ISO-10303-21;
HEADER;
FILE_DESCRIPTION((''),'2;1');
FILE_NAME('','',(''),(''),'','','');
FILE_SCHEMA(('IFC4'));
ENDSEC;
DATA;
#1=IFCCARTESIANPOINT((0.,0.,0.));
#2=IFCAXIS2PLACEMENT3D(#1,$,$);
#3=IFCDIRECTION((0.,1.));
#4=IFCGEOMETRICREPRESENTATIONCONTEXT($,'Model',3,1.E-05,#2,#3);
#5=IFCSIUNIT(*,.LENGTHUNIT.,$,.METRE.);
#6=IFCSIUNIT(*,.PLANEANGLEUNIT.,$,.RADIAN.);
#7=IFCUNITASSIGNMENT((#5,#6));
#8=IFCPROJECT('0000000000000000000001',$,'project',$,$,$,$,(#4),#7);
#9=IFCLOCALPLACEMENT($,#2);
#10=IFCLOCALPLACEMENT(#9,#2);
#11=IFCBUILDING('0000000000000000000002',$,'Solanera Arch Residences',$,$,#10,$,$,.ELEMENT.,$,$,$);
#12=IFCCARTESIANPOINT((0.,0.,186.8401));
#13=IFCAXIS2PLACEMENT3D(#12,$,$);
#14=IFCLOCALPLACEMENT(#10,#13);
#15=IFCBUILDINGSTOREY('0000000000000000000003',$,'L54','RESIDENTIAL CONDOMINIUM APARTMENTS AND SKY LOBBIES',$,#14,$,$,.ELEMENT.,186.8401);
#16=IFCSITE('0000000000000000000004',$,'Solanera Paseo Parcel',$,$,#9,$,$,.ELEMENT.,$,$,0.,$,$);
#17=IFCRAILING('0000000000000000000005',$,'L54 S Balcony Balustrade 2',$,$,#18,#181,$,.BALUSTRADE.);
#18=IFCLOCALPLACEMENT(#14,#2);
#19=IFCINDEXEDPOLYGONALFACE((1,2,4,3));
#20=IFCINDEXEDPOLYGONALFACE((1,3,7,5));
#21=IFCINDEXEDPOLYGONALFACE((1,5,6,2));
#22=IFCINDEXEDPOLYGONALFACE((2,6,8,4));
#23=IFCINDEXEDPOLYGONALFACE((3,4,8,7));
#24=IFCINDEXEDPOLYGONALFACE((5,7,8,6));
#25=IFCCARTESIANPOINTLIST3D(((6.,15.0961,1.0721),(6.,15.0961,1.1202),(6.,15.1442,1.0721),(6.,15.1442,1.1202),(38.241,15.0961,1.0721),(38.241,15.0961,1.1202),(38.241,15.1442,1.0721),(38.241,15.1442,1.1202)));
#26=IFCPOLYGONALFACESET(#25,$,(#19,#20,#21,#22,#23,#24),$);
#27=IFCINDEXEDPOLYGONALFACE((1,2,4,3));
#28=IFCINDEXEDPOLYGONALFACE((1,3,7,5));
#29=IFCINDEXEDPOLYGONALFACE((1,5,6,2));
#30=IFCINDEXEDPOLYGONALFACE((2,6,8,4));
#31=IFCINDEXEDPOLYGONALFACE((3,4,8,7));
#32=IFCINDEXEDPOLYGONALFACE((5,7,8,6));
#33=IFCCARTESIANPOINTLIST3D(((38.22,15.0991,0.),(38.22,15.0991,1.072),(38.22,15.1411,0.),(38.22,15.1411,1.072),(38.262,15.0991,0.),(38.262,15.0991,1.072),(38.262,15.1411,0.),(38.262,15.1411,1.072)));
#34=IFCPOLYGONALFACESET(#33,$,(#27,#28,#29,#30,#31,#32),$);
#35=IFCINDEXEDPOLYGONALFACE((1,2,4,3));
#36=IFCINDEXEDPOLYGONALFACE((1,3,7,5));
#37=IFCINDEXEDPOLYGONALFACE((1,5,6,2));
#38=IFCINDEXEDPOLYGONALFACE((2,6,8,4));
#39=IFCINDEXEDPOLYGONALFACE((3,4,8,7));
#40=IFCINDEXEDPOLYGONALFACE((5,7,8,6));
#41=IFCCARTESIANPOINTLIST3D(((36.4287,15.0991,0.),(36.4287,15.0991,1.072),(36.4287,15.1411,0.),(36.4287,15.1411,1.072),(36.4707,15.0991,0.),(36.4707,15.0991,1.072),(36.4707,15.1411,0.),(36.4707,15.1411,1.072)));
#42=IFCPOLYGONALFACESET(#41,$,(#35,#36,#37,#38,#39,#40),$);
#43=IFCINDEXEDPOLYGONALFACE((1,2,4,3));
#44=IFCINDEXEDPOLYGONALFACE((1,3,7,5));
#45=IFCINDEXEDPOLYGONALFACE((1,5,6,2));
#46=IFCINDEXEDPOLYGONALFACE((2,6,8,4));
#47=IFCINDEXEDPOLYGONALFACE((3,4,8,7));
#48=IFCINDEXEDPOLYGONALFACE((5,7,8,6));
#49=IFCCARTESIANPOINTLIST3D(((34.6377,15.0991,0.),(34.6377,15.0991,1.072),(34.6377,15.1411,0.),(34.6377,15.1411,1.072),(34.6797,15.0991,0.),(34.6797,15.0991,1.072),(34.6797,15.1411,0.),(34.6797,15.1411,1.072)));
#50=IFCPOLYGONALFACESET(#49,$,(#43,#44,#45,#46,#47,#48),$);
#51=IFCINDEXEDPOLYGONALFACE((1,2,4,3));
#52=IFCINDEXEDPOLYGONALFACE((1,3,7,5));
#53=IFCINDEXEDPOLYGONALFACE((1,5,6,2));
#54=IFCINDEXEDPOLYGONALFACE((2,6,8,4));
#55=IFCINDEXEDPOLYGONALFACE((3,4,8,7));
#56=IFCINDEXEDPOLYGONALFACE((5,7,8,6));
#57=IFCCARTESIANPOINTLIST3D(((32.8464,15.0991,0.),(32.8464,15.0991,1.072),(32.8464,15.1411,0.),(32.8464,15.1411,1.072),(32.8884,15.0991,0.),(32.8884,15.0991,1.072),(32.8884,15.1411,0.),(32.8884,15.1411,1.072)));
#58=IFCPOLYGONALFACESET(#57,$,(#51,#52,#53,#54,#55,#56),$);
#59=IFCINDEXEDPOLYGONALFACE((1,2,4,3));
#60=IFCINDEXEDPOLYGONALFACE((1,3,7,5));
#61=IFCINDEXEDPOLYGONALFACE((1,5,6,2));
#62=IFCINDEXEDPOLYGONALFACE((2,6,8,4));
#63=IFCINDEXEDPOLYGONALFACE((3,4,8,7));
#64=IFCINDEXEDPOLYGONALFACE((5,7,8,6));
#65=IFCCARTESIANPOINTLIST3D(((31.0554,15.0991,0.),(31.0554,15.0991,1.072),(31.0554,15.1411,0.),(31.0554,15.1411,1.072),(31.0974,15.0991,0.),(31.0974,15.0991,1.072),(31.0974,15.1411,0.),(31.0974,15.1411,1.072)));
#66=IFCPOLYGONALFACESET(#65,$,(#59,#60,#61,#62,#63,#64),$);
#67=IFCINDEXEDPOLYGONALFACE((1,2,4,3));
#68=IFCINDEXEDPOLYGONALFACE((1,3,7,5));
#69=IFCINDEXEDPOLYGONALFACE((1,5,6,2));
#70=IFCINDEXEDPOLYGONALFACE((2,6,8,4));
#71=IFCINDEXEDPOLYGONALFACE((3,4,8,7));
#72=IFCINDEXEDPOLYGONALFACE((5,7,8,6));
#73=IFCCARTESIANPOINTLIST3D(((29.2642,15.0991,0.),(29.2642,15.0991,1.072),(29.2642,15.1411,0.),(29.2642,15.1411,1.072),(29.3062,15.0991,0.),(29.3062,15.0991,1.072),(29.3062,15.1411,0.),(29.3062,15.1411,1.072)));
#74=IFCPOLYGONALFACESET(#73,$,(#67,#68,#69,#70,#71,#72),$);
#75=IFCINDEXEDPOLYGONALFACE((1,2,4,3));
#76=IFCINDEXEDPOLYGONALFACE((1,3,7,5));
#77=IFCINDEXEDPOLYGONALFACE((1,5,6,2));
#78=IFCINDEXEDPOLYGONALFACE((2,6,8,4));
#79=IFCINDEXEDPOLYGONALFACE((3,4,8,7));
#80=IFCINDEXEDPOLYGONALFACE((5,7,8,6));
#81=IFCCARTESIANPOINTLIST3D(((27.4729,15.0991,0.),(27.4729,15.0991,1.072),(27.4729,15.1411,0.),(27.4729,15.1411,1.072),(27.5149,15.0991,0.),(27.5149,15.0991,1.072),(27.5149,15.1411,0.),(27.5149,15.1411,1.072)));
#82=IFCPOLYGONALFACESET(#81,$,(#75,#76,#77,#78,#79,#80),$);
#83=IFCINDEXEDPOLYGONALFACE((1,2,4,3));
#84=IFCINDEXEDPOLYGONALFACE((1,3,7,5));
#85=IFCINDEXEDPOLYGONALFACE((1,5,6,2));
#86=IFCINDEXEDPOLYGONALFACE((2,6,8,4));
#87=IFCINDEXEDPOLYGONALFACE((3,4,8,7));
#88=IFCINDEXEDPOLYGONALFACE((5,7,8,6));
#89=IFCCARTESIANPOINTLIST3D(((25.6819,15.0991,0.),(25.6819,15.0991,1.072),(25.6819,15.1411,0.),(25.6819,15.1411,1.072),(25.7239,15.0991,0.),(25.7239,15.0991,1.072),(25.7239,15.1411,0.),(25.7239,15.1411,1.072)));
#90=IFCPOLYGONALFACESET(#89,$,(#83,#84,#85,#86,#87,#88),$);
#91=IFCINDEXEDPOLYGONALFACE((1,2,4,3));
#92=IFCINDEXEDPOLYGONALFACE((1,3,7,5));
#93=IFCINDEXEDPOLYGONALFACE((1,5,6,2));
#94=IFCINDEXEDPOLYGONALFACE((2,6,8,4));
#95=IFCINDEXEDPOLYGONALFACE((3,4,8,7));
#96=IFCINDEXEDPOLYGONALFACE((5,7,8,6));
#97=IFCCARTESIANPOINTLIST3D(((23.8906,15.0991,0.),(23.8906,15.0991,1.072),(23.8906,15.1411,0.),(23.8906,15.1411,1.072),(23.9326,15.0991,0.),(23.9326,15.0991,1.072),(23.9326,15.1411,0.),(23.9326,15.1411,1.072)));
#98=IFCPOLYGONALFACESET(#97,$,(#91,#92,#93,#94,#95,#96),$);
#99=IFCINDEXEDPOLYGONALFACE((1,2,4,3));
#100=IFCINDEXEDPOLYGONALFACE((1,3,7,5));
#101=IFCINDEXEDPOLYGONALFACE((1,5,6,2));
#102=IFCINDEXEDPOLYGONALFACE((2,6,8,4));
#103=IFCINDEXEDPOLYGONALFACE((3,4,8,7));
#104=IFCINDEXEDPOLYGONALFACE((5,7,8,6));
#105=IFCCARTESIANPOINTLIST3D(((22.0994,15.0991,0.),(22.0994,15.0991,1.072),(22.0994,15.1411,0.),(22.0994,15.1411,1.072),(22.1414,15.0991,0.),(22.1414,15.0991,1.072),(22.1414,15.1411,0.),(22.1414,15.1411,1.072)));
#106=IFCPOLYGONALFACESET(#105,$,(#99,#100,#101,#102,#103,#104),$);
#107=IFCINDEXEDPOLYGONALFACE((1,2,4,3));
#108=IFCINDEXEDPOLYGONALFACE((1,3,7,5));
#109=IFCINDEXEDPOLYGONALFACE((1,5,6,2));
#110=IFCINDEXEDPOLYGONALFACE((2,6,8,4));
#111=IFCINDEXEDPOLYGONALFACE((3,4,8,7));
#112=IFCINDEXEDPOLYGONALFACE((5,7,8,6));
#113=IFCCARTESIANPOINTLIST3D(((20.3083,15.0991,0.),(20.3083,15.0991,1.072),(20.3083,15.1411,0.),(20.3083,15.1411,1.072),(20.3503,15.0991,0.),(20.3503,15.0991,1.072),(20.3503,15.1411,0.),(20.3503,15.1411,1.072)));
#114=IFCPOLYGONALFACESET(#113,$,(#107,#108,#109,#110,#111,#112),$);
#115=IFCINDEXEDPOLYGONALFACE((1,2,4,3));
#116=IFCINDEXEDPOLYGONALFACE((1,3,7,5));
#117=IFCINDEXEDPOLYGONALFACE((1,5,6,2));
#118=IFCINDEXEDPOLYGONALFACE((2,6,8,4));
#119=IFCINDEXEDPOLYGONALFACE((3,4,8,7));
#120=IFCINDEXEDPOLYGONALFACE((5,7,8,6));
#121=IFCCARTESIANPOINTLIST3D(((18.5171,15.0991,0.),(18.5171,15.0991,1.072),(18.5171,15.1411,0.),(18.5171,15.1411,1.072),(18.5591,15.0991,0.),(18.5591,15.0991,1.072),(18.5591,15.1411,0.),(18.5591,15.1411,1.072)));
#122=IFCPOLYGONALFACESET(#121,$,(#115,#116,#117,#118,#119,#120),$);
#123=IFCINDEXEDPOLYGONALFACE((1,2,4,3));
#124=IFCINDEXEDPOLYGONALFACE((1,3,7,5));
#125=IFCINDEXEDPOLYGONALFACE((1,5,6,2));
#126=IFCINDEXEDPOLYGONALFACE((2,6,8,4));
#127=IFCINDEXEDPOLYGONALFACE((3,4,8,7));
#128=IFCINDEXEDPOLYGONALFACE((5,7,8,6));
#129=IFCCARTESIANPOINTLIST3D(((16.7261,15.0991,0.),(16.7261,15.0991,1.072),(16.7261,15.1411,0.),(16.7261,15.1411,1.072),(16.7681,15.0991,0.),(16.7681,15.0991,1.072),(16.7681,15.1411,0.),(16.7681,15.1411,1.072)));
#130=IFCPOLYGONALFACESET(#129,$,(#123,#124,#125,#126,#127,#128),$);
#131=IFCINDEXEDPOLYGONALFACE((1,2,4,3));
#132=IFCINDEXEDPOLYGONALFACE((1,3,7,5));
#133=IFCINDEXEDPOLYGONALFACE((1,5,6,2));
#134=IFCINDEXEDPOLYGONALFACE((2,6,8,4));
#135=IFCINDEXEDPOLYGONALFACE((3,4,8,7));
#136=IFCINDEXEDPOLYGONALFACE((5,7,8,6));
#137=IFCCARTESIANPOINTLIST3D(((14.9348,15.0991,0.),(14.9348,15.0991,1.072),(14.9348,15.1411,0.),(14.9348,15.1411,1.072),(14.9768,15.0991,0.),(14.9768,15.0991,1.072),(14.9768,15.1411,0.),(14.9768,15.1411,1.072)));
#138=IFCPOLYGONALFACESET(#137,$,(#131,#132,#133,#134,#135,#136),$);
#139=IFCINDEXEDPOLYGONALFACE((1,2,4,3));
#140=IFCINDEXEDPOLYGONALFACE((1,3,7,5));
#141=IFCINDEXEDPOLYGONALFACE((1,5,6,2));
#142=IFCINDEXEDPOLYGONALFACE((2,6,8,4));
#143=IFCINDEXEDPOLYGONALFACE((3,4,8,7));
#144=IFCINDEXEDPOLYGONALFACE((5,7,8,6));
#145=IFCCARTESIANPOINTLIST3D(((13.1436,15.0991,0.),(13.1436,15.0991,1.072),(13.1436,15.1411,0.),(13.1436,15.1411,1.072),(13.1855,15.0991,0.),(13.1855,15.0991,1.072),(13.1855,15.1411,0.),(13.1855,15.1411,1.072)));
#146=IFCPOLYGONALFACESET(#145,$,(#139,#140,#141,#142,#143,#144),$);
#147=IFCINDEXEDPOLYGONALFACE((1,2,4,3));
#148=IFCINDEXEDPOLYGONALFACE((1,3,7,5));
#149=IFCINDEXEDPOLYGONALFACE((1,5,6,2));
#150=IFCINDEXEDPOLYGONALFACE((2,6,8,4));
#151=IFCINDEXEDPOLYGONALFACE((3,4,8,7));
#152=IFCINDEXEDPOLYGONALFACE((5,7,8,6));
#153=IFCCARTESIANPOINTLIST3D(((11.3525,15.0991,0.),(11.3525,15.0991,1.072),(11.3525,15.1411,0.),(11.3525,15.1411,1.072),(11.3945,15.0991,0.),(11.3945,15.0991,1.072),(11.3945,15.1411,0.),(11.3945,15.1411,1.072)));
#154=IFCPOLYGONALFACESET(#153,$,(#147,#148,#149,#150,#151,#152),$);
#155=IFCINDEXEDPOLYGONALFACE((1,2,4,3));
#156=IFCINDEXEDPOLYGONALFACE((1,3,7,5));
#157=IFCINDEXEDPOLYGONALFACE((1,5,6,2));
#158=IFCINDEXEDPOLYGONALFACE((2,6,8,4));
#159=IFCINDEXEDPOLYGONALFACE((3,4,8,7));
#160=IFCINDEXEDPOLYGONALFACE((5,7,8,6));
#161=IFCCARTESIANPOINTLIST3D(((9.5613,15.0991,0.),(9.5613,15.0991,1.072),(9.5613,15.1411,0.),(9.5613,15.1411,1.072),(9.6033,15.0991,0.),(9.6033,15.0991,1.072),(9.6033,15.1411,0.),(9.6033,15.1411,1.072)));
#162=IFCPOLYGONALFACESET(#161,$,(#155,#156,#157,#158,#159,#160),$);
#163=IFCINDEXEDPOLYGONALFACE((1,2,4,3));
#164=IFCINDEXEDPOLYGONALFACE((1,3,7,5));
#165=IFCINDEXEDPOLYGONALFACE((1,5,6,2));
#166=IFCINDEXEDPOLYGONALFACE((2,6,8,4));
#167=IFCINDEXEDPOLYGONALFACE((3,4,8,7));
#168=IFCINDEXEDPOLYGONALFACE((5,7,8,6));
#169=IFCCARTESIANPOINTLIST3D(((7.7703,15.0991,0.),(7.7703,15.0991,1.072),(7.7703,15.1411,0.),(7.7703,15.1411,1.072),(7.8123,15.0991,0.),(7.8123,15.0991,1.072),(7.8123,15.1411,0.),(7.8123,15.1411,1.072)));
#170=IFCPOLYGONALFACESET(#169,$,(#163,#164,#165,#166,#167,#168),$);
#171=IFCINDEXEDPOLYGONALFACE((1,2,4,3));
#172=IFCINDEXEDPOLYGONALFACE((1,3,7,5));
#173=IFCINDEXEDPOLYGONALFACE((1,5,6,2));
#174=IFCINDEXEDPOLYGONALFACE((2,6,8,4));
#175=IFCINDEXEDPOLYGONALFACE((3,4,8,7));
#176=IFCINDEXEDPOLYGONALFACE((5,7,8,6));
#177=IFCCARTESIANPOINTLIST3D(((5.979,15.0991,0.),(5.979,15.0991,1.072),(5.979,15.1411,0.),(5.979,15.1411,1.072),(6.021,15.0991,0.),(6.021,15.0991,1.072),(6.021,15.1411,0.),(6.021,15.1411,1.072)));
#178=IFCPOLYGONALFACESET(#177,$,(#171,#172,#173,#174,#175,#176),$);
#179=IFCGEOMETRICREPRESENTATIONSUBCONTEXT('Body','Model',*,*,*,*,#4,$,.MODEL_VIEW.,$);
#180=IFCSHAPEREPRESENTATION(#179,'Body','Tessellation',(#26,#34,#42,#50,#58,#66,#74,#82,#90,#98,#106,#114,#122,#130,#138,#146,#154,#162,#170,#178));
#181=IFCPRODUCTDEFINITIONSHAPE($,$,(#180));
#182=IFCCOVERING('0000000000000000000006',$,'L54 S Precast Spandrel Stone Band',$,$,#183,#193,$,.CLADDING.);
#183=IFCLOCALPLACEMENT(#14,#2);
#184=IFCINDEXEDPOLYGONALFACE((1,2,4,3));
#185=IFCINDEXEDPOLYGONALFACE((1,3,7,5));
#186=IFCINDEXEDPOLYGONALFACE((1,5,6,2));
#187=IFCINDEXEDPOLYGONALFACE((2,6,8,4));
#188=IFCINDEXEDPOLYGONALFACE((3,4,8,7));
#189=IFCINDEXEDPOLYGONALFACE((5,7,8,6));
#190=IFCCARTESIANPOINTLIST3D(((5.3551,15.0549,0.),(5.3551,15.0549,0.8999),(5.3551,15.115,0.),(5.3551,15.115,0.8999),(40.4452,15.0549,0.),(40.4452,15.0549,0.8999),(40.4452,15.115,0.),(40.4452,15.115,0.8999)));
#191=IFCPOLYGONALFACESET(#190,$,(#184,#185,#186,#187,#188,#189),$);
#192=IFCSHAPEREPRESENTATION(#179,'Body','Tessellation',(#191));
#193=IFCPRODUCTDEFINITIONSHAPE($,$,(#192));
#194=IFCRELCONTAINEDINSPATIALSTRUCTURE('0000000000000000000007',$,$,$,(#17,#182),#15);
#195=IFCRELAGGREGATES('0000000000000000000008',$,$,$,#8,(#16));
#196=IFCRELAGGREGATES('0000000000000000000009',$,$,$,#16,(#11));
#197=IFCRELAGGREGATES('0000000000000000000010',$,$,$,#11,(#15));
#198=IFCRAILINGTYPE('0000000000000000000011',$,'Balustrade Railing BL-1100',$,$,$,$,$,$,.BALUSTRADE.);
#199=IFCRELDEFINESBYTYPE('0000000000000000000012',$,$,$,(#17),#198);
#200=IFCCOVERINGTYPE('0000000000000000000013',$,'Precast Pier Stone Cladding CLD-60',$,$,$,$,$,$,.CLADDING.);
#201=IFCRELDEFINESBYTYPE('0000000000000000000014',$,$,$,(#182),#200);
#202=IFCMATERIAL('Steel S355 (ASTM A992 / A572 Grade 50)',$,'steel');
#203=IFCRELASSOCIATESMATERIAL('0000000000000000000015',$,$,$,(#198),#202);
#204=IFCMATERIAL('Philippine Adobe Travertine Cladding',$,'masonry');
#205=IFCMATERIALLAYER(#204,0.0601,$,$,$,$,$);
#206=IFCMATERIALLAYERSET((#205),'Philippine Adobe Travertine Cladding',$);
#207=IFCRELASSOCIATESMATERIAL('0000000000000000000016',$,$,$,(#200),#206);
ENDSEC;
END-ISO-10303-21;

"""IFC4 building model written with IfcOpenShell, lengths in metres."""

from ifc_helpers import new_model, si_unit, direction, frame, frame_2d, origin, origin_2d, place, context, subcontext, project, spatial, rectangle, extrude, material, layer, layer_set, type_object, element, save


model = new_model("IFC4")

# Units and contexts
model_context = context("Model", 3, precision=1e-05, world=origin(), true_north=direction((0.0, 1.0)))
body_context = subcontext(model_context, "Body", "Model", "MODEL_VIEW")
ifc_project = project(units=[si_unit("LENGTHUNIT", "METRE"), si_unit("PLANEANGLEUNIT", "RADIAN")], contexts=[model_context])

# Site, building, storey
site_placement = place(None, origin())
site = spatial("IfcSite", under=ifc_project, at=site_placement, Name="Solanera Paseo Parcel", CompositionType="ELEMENT", RefElevation=0.0)
building_placement = place(site_placement, origin())
building = spatial("IfcBuilding", under=site, at=building_placement, Name="Solanera Arch Residences", CompositionType="ELEMENT")
storey_placement = place(building_placement, frame((0.0, 0.0, 186.8401)))
storey = spatial("IfcBuildingStorey", under=building, at=storey_placement, Name="L54", Description="RESIDENTIAL CONDOMINIUM APARTMENTS AND SKY LOBBIES", CompositionType="ELEMENT", Elevation=186.8401)

# Railing
ifc_material_1 = material(Name="Steel S355 (ASTM A992 / A572 Grade 50)", Category="steel")
railing_type = type_object("IfcRailingType", Name="Balustrade Railing BL-1100", PredefinedType="BALUSTRADE", material=ifc_material_1)
railing_placement = place(storey_placement, frame((38.241, 15.1201, 0.0)))
element("IfcRailing", 1, at=railing_placement, inside=storey, type_object=railing_type, Name="L54 S Balcony Balustrade 2", PredefinedType="BALUSTRADE", context=body_context, shape_type="SweptSolid", body=[
    extrude(rectangle(XDim=0.0481, YDim=0.0481, at=origin_2d()), frame((0.0, 0.0, 1.0962), z_axis=(-1.0, 0.0, 0.0), x_axis=(0.0, -1.0, 0.0)), (0.0, 0.0, 1.0), 32.241),
    extrude(rectangle(XDim=0.042, YDim=0.042, at=origin_2d()), origin(), (0.0, 0.0, 1.0), 1.072),
    extrude(rectangle(XDim=0.042, YDim=0.042, at=origin_2d()), frame((-1.7913, 0.0, 0.0)), (0.0, 0.0, 1.0), 1.072),
    extrude(rectangle(XDim=0.042, YDim=0.042, at=origin_2d()), frame((-3.5823, 0.0, 0.0)), (0.0, 0.0, 1.0), 1.072),
    extrude(rectangle(XDim=0.042, YDim=0.042, at=origin_2d()), frame((-5.3735, 0.0, 0.0)), (0.0, 0.0, 1.0), 1.072),
    extrude(rectangle(XDim=0.042, YDim=0.042, at=origin_2d()), frame((-7.1646, 0.0, 0.0)), (0.0, 0.0, 1.0), 1.072),
    extrude(rectangle(XDim=0.042, YDim=0.042, at=origin_2d()), frame((-8.9558, 0.0, 0.0)), (0.0, 0.0, 1.0), 1.072),
    extrude(rectangle(XDim=0.042, YDim=0.042, at=origin_2d()), frame((-10.7471, 0.0, 0.0)), (0.0, 0.0, 1.0), 1.072),
    extrude(rectangle(XDim=0.042, YDim=0.042, at=origin_2d()), frame((-12.5381, 0.0, 0.0)), (0.0, 0.0, 1.0), 1.072),
    extrude(rectangle(XDim=0.042, YDim=0.042, at=origin_2d()), frame((-14.3293, 0.0, 0.0)), (0.0, 0.0, 1.0), 1.072),
    extrude(rectangle(XDim=0.042, YDim=0.042, at=origin_2d()), frame((-16.1206, 0.0, 0.0)), (0.0, 0.0, 1.0), 1.072),
    extrude(rectangle(XDim=0.042, YDim=0.042, at=origin_2d()), frame((-17.9116, 0.0, 0.0)), (0.0, 0.0, 1.0), 1.072),
    extrude(rectangle(XDim=0.042, YDim=0.042, at=origin_2d()), frame((-19.7029, 0.0, 0.0)), (0.0, 0.0, 1.0), 1.072),
    extrude(rectangle(XDim=0.042, YDim=0.042, at=origin_2d()), frame((-21.4939, 0.0, 0.0)), (0.0, 0.0, 1.0), 1.072),
    extrude(rectangle(XDim=0.042, YDim=0.042, at=origin_2d()), frame((-23.2852, 0.0, 0.0)), (0.0, 0.0, 1.0), 1.072),
    extrude(rectangle(XDim=0.042, YDim=0.042, at=origin_2d()), frame((-25.0764, 0.0, 0.0)), (0.0, 0.0, 1.0), 1.072),
    extrude(rectangle(XDim=0.042, YDim=0.042, at=origin_2d()), frame((-26.8674, 0.0, 0.0)), (0.0, 0.0, 1.0), 1.072),
    extrude(rectangle(XDim=0.042, YDim=0.042, at=origin_2d()), frame((-28.6587, 0.0, 0.0)), (0.0, 0.0, 1.0), 1.072),
    extrude(rectangle(XDim=0.042, YDim=0.042, at=origin_2d()), frame((-30.4497, 0.0, 0.0)), (0.0, 0.0, 1.0), 1.072),
    extrude(rectangle(XDim=0.042, YDim=0.042, at=origin_2d()), frame((-32.241, 0.0, 0.0)), (0.0, 0.0, 1.0), 1.072),
])

# Covering
ifc_material_2 = material(Name="Philippine Adobe Travertine Cladding", Category="masonry")
ifc_layer_1 = layer(ifc_material_2, 0.0601)
ifc_layer_set_1 = layer_set([ifc_layer_1], Name="Philippine Adobe Travertine Cladding")
covering_type = type_object("IfcCoveringType", Name="Precast Pier Stone Cladding CLD-60", PredefinedType="CLADDING", material=ifc_layer_set_1)
covering_placement = place(storey_placement, frame((40.4451, 15.085, 0.0), z_axis=(0.0, 0.0, 1.0), x_axis=(-1.0, 0.0, 0.0)))
element("IfcCovering", 2, at=covering_placement, inside=storey, type_object=covering_type, Name="L54 S Precast Spandrel Stone Band", PredefinedType="CLADDING", context=body_context, shape_type="SweptSolid", body=[
    extrude(rectangle(XDim=35.0901, YDim=0.0601, at=frame_2d((17.5449, 0.0))), origin(), (0.0, 0.0, 1.0), 0.8999),
])

save(model, "model.ifc")
